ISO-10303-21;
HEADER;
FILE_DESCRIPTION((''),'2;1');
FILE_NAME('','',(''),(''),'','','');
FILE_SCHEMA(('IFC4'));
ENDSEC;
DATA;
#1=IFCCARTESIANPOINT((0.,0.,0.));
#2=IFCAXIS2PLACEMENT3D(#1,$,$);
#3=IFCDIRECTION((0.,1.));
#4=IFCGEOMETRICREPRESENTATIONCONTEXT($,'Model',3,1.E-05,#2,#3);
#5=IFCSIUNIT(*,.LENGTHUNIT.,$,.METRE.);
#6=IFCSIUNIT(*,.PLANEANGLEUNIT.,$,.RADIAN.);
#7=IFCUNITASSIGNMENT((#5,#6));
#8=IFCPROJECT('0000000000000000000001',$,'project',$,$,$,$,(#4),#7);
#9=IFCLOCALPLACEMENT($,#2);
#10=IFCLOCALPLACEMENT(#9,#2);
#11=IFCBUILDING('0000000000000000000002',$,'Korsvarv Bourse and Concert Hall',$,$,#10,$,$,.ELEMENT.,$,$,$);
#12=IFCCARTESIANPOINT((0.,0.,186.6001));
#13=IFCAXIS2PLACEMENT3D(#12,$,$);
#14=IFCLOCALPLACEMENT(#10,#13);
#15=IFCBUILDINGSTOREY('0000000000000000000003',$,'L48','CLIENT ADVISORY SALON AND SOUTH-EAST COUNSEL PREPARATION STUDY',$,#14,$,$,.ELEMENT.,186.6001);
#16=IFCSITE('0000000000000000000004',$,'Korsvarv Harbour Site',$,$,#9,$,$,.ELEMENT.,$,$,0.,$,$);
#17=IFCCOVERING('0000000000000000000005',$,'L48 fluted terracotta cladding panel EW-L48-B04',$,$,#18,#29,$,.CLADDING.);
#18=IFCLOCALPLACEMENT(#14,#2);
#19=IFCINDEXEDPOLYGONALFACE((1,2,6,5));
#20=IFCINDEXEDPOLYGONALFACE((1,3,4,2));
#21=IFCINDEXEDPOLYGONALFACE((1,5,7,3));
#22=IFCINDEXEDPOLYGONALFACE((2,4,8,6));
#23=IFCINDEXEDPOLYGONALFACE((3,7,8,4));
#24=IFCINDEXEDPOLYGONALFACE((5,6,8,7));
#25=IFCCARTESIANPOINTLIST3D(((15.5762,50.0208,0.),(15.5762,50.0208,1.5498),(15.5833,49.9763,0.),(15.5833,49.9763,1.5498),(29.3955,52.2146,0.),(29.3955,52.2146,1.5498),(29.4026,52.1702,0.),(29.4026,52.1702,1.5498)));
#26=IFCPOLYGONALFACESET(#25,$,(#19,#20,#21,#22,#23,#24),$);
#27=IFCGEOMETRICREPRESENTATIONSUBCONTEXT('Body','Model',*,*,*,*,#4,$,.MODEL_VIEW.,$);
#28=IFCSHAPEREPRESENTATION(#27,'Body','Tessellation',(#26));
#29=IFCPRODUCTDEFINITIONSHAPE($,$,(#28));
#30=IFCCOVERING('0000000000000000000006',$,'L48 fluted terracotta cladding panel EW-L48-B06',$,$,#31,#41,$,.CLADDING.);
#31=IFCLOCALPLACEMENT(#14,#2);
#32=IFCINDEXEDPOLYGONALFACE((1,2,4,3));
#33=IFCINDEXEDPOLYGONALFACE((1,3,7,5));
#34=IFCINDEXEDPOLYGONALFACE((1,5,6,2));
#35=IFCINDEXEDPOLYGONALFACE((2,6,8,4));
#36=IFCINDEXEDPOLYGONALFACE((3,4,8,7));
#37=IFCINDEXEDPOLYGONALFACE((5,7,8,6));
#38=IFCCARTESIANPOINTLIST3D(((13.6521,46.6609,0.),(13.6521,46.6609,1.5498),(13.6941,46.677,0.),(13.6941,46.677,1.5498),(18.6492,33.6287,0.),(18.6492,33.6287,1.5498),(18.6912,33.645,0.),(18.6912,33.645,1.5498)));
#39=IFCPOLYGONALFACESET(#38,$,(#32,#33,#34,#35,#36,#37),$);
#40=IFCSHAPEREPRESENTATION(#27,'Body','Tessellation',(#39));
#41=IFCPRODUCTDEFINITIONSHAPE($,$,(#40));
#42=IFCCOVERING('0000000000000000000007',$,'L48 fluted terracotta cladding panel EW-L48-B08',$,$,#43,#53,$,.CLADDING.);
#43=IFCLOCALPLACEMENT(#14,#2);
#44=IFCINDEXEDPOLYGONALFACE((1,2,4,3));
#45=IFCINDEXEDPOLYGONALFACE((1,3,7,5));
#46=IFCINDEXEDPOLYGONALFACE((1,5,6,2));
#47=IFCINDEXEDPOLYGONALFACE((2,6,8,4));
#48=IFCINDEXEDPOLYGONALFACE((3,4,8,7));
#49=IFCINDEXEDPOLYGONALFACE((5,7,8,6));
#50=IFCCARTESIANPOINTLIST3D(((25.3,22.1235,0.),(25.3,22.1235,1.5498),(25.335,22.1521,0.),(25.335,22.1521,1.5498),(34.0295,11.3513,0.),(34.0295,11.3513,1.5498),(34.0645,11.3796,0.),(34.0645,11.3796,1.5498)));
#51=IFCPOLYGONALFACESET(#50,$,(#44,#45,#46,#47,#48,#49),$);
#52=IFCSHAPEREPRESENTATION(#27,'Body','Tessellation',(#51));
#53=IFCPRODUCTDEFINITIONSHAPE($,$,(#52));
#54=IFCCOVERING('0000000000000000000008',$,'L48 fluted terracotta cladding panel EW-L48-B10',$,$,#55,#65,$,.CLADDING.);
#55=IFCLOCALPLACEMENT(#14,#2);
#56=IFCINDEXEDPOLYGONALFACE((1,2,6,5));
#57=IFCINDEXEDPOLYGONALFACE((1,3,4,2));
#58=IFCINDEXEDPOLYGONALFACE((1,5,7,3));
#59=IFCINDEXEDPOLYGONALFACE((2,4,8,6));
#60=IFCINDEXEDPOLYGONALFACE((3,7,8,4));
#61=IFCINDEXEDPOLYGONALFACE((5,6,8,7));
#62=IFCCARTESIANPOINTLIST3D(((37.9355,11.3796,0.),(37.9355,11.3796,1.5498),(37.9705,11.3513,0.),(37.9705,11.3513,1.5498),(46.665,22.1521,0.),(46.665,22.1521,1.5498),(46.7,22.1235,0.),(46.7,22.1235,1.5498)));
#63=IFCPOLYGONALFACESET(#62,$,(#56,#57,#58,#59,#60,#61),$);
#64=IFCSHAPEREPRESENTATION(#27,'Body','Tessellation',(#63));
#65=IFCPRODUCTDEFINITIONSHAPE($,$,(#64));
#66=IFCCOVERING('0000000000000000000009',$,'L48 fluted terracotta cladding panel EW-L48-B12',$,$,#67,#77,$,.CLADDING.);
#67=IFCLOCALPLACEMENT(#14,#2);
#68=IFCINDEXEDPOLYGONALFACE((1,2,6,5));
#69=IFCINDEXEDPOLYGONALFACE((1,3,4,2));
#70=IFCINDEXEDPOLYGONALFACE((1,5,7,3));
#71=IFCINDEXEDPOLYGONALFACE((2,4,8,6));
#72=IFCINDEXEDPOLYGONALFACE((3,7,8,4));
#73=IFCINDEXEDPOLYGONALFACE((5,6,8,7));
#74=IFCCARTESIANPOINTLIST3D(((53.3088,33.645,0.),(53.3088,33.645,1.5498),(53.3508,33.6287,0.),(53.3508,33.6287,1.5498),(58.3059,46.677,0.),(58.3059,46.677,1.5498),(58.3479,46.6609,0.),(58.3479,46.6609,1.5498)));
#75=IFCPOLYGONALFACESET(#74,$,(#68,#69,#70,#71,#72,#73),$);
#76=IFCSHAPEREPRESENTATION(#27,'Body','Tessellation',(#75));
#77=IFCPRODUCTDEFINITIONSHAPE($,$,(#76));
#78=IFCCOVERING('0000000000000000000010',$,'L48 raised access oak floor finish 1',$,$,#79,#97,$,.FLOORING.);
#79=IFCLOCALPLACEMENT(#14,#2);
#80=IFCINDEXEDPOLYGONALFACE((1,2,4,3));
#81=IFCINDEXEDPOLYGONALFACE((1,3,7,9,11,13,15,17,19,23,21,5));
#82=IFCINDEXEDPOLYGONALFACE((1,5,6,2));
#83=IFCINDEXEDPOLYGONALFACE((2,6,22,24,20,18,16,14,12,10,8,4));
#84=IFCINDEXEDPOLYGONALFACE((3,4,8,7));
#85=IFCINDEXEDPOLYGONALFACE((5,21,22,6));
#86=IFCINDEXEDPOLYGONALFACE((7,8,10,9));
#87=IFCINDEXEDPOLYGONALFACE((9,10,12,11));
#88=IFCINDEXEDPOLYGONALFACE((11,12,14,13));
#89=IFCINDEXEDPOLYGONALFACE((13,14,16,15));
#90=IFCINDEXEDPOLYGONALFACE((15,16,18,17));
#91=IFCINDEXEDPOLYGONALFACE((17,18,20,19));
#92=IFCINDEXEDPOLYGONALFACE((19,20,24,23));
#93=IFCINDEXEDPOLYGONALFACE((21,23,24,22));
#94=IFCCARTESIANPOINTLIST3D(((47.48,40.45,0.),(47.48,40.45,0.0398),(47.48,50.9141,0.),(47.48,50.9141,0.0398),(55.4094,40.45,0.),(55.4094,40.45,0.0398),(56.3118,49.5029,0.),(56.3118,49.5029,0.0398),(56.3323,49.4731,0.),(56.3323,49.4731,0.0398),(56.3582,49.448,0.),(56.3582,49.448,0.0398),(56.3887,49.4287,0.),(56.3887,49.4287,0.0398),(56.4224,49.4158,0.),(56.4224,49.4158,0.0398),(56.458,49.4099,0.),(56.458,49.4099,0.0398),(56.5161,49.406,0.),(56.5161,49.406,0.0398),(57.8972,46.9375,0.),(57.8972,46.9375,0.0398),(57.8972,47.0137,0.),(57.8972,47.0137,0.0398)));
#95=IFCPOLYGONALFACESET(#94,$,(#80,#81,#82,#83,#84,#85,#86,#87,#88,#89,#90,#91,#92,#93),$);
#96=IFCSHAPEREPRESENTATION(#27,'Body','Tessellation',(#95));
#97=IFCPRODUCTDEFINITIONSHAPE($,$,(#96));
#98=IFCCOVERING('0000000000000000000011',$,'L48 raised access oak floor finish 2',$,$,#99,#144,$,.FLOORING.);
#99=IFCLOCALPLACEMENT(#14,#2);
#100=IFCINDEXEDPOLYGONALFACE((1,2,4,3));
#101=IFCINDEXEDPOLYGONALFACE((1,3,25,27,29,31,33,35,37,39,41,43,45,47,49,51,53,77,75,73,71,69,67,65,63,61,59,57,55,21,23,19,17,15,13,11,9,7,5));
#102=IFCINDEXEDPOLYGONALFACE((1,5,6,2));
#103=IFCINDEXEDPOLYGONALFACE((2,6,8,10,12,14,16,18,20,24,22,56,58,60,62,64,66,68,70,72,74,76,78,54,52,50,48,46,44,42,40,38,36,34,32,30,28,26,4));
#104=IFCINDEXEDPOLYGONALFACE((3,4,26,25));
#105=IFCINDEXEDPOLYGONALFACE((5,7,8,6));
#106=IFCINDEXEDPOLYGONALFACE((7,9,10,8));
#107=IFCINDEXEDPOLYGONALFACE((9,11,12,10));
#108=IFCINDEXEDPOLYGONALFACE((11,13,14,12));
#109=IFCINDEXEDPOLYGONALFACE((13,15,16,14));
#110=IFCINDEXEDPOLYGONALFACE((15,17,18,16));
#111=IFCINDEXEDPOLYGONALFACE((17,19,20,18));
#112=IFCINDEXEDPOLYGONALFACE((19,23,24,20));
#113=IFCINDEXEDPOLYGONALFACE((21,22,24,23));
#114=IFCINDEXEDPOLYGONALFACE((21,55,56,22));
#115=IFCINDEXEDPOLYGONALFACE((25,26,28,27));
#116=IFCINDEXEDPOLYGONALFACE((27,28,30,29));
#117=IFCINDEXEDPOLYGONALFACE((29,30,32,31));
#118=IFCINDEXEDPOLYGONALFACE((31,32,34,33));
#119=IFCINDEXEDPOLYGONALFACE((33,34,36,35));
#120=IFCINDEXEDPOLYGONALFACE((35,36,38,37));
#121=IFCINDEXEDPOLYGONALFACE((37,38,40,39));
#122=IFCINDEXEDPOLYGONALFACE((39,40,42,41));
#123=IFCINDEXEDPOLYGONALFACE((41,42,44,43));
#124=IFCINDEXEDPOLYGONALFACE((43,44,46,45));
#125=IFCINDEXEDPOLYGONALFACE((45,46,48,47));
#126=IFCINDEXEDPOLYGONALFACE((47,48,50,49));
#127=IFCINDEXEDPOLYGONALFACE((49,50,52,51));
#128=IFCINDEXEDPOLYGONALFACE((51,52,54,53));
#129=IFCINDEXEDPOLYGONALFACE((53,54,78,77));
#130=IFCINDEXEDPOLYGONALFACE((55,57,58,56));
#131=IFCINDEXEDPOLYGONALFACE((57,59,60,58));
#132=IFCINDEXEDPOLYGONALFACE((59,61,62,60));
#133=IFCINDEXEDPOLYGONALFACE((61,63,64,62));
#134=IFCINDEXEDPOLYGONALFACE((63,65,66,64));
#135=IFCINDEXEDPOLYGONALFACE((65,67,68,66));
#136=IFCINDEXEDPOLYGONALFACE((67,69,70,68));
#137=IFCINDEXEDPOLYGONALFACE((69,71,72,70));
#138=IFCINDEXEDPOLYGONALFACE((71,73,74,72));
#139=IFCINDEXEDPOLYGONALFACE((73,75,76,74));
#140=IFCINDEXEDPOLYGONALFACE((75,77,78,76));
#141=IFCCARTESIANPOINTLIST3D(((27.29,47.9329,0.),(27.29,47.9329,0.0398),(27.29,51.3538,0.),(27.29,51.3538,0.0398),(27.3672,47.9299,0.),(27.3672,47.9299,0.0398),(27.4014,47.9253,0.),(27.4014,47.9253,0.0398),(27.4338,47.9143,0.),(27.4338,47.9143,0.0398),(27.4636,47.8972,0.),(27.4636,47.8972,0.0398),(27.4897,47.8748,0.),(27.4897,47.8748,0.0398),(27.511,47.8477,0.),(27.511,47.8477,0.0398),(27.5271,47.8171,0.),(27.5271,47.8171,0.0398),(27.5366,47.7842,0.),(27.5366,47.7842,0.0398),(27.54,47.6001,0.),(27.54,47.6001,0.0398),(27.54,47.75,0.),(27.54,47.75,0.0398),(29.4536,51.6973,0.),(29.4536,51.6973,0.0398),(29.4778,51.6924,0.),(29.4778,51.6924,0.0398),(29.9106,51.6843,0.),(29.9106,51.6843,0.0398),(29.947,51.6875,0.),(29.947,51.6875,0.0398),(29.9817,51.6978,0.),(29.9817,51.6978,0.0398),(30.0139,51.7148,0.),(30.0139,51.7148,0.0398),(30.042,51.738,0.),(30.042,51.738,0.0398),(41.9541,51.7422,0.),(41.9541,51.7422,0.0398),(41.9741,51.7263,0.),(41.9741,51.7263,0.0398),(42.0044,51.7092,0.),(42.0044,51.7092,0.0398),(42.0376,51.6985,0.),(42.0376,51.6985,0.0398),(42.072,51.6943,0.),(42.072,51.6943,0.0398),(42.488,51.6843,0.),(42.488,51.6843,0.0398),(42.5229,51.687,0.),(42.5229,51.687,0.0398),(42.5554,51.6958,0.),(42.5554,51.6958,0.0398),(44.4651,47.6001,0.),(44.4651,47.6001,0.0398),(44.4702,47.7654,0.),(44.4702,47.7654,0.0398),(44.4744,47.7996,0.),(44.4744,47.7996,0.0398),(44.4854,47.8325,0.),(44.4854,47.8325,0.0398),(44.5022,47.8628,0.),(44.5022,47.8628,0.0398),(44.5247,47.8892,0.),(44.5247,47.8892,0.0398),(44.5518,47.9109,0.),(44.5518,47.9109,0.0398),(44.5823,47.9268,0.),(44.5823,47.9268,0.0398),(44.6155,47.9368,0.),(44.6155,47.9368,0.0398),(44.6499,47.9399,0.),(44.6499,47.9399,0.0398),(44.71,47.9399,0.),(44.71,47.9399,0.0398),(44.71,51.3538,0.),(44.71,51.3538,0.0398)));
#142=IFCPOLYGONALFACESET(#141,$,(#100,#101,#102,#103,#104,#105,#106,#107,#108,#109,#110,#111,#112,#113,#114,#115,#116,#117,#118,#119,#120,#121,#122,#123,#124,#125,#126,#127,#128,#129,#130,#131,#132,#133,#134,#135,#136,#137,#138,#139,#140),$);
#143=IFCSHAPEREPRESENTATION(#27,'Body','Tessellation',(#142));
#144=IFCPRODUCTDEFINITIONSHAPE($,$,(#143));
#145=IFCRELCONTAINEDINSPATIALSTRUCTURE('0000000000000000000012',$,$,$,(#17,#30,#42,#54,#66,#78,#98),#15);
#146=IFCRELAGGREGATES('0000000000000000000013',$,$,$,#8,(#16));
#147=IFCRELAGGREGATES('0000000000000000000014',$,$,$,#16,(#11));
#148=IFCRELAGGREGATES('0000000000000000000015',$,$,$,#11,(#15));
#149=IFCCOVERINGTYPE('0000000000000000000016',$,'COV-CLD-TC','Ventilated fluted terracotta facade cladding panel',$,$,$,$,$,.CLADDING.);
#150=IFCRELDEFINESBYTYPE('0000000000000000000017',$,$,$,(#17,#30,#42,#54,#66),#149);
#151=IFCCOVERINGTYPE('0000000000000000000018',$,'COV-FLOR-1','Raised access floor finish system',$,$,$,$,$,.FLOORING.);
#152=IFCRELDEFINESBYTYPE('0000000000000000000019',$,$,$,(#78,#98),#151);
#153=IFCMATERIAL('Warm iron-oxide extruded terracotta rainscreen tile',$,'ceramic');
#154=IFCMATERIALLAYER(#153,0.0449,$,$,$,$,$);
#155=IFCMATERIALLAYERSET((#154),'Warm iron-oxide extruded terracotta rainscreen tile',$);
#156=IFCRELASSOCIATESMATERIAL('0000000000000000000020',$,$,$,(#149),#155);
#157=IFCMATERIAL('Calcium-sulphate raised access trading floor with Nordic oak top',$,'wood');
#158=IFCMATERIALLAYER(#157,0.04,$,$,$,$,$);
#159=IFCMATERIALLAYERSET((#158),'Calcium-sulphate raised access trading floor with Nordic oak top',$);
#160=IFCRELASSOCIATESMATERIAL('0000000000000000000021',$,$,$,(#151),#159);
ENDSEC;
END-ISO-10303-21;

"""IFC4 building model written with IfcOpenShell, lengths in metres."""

from ifc_helpers import new_model, si_unit, direction, frame, origin, place, context, subcontext, project, spatial, polyline, outline, extrude, material, layer, layer_set, type_object, element, save


model = new_model("IFC4")

# Units and contexts
model_context = context("Model", 3, precision=1e-05, world=origin(), true_north=direction((0.0, 1.0)))
body_context = subcontext(model_context, "Body", "Model", "MODEL_VIEW")
ifc_project = project(units=[si_unit("LENGTHUNIT", "METRE"), si_unit("PLANEANGLEUNIT", "RADIAN")], contexts=[model_context])

# Site, building, storey
site_placement = place(None, origin())
site = spatial("IfcSite", under=ifc_project, at=site_placement, Name="Korsvarv Harbour Site", CompositionType="ELEMENT", RefElevation=0.0)
building_placement = place(site_placement, origin())
building = spatial("IfcBuilding", under=site, at=building_placement, Name="Korsvarv Bourse and Concert Hall", CompositionType="ELEMENT")
storey_placement = place(building_placement, frame((0.0, 0.0, 186.6001)))
storey = spatial("IfcBuildingStorey", under=building, at=storey_placement, Name="L48", Description="CLIENT ADVISORY SALON AND SOUTH-EAST COUNSEL PREPARATION STUDY", CompositionType="ELEMENT", Elevation=186.6001)

# Coverings
ifc_material_1 = material(Name="Warm iron-oxide extruded terracotta rainscreen tile", Category="ceramic")
ifc_layer_1 = layer(ifc_material_1, 0.0449)
ifc_layer_set_1 = layer_set([ifc_layer_1], Name="Warm iron-oxide extruded terracotta rainscreen tile")
covering_type_1 = type_object("IfcCoveringType", Name="COV-CLD-TC", Description="Ventilated fluted terracotta facade cladding panel", PredefinedType="CLADDING", material=ifc_layer_set_1)
covering_1_placement = place(storey_placement, origin())
element("IfcCovering", 1, at=covering_1_placement, inside=storey, type_object=covering_type_1, Name="L48 fluted terracotta cladding panel EW-L48-B04", PredefinedType="CLADDING", context=body_context, shape_type="SweptSolid", body=[
    extrude(outline(polyline([(29.4026, 52.1702), (15.5833, 49.9763), (15.5762, 50.0208), (29.3955, 52.2146), (29.4026, 52.1702)])), origin(), (0.0, 0.0, 1.0), 1.5498),
])
covering_2_placement = place(storey_placement, origin())
element("IfcCovering", 2, at=covering_2_placement, inside=storey, type_object=covering_type_1, Name="L48 fluted terracotta cladding panel EW-L48-B06", PredefinedType="CLADDING", context=body_context, shape_type="SweptSolid", body=[
    extrude(outline(polyline([(13.6941, 46.677), (18.6912, 33.645), (18.6492, 33.6287), (13.6521, 46.6609), (13.6941, 46.677)])), origin(), (0.0, 0.0, 1.0), 1.5498),
])
covering_3_placement = place(storey_placement, origin())
element("IfcCovering", 3, at=covering_3_placement, inside=storey, type_object=covering_type_1, Name="L48 fluted terracotta cladding panel EW-L48-B08", PredefinedType="CLADDING", context=body_context, shape_type="SweptSolid", body=[
    extrude(outline(polyline([(25.335, 22.1521), (34.0645, 11.3796), (34.0295, 11.3513), (25.3, 22.1235), (25.335, 22.1521)])), origin(), (0.0, 0.0, 1.0), 1.5498),
])
covering_4_placement = place(storey_placement, origin())
element("IfcCovering", 4, at=covering_4_placement, inside=storey, type_object=covering_type_1, Name="L48 fluted terracotta cladding panel EW-L48-B10", PredefinedType="CLADDING", context=body_context, shape_type="SweptSolid", body=[
    extrude(outline(polyline([(37.9355, 11.3796), (46.665, 22.1521), (46.7, 22.1235), (37.9705, 11.3513), (37.9355, 11.3796)])), origin(), (0.0, 0.0, 1.0), 1.5498),
])
covering_5_placement = place(storey_placement, origin())
element("IfcCovering", 5, at=covering_5_placement, inside=storey, type_object=covering_type_1, Name="L48 fluted terracotta cladding panel EW-L48-B12", PredefinedType="CLADDING", context=body_context, shape_type="SweptSolid", body=[
    extrude(outline(polyline([(53.3088, 33.645), (58.3059, 46.677), (58.3479, 46.6609), (53.3508, 33.6287), (53.3088, 33.645)])), origin(), (0.0, 0.0, 1.0), 1.5498),
])
ifc_material_2 = material(Name="Calcium-sulphate raised access trading floor with Nordic oak top", Category="wood")
ifc_layer_2 = layer(ifc_material_2, 0.04)
ifc_layer_set_2 = layer_set([ifc_layer_2], Name="Calcium-sulphate raised access trading floor with Nordic oak top")
covering_type_2 = type_object("IfcCoveringType", Name="COV-FLOR-1", Description="Raised access floor finish system", PredefinedType="FLOORING", material=ifc_layer_set_2)
covering_6_placement = place(storey_placement, origin())
element("IfcCovering", 6, at=covering_6_placement, inside=storey, type_object=covering_type_2, Name="L48 raised access oak floor finish 1", PredefinedType="FLOORING", context=body_context, shape_type="SweptSolid", body=[
    extrude(outline(polyline([(56.3118, 49.5029), (56.3323, 49.4731), (56.3582, 49.448), (56.3887, 49.4287), (56.4224, 49.4158), (56.458, 49.4099), (56.5161, 49.406), (57.8972, 47.0137), (57.8972, 46.9375), (55.4094, 40.45), (47.48, 40.45), (47.48, 50.9141), (56.3118, 49.5029)])), origin(), (0.0, 0.0, 1.0), 0.0398),
])
covering_7_placement = place(storey_placement, origin())
element("IfcCovering", 7, at=covering_7_placement, inside=storey, type_object=covering_type_2, Name="L48 raised access oak floor finish 2", PredefinedType="FLOORING", context=body_context, shape_type="SweptSolid", body=[
    extrude(outline(polyline([(29.4536, 51.6973), (29.4778, 51.6924), (29.9106, 51.6843), (29.947, 51.6875), (29.9817, 51.6978), (30.0139, 51.7148), (30.042, 51.738), (41.9541, 51.7422), (41.9741, 51.7263), (42.0044, 51.7092), (42.0376, 51.6985), (42.072, 51.6943), (42.488, 51.6843), (42.5229, 51.687), (42.5554, 51.6958), (44.71, 51.3538), (44.71, 47.9399), (44.6499, 47.9399), (44.6155, 47.9368), (44.5823, 47.9268), (44.5518, 47.9109), (44.5247, 47.8892), (44.5022, 47.8628), (44.4854, 47.8325), (44.4744, 47.7996), (44.4702, 47.7654), (44.4651, 47.6001), (27.54, 47.6001), (27.54, 47.75), (27.5366, 47.7842), (27.5271, 47.8171), (27.511, 47.8477), (27.4897, 47.8748), (27.4636, 47.8972), (27.4338, 47.9143), (27.4014, 47.9253), (27.3672, 47.9299), (27.29, 47.9329), (27.29, 51.3538), (29.4536, 51.6973)])), origin(), (0.0, 0.0, 1.0), 0.0398),
])

save(model, "model.ifc")
